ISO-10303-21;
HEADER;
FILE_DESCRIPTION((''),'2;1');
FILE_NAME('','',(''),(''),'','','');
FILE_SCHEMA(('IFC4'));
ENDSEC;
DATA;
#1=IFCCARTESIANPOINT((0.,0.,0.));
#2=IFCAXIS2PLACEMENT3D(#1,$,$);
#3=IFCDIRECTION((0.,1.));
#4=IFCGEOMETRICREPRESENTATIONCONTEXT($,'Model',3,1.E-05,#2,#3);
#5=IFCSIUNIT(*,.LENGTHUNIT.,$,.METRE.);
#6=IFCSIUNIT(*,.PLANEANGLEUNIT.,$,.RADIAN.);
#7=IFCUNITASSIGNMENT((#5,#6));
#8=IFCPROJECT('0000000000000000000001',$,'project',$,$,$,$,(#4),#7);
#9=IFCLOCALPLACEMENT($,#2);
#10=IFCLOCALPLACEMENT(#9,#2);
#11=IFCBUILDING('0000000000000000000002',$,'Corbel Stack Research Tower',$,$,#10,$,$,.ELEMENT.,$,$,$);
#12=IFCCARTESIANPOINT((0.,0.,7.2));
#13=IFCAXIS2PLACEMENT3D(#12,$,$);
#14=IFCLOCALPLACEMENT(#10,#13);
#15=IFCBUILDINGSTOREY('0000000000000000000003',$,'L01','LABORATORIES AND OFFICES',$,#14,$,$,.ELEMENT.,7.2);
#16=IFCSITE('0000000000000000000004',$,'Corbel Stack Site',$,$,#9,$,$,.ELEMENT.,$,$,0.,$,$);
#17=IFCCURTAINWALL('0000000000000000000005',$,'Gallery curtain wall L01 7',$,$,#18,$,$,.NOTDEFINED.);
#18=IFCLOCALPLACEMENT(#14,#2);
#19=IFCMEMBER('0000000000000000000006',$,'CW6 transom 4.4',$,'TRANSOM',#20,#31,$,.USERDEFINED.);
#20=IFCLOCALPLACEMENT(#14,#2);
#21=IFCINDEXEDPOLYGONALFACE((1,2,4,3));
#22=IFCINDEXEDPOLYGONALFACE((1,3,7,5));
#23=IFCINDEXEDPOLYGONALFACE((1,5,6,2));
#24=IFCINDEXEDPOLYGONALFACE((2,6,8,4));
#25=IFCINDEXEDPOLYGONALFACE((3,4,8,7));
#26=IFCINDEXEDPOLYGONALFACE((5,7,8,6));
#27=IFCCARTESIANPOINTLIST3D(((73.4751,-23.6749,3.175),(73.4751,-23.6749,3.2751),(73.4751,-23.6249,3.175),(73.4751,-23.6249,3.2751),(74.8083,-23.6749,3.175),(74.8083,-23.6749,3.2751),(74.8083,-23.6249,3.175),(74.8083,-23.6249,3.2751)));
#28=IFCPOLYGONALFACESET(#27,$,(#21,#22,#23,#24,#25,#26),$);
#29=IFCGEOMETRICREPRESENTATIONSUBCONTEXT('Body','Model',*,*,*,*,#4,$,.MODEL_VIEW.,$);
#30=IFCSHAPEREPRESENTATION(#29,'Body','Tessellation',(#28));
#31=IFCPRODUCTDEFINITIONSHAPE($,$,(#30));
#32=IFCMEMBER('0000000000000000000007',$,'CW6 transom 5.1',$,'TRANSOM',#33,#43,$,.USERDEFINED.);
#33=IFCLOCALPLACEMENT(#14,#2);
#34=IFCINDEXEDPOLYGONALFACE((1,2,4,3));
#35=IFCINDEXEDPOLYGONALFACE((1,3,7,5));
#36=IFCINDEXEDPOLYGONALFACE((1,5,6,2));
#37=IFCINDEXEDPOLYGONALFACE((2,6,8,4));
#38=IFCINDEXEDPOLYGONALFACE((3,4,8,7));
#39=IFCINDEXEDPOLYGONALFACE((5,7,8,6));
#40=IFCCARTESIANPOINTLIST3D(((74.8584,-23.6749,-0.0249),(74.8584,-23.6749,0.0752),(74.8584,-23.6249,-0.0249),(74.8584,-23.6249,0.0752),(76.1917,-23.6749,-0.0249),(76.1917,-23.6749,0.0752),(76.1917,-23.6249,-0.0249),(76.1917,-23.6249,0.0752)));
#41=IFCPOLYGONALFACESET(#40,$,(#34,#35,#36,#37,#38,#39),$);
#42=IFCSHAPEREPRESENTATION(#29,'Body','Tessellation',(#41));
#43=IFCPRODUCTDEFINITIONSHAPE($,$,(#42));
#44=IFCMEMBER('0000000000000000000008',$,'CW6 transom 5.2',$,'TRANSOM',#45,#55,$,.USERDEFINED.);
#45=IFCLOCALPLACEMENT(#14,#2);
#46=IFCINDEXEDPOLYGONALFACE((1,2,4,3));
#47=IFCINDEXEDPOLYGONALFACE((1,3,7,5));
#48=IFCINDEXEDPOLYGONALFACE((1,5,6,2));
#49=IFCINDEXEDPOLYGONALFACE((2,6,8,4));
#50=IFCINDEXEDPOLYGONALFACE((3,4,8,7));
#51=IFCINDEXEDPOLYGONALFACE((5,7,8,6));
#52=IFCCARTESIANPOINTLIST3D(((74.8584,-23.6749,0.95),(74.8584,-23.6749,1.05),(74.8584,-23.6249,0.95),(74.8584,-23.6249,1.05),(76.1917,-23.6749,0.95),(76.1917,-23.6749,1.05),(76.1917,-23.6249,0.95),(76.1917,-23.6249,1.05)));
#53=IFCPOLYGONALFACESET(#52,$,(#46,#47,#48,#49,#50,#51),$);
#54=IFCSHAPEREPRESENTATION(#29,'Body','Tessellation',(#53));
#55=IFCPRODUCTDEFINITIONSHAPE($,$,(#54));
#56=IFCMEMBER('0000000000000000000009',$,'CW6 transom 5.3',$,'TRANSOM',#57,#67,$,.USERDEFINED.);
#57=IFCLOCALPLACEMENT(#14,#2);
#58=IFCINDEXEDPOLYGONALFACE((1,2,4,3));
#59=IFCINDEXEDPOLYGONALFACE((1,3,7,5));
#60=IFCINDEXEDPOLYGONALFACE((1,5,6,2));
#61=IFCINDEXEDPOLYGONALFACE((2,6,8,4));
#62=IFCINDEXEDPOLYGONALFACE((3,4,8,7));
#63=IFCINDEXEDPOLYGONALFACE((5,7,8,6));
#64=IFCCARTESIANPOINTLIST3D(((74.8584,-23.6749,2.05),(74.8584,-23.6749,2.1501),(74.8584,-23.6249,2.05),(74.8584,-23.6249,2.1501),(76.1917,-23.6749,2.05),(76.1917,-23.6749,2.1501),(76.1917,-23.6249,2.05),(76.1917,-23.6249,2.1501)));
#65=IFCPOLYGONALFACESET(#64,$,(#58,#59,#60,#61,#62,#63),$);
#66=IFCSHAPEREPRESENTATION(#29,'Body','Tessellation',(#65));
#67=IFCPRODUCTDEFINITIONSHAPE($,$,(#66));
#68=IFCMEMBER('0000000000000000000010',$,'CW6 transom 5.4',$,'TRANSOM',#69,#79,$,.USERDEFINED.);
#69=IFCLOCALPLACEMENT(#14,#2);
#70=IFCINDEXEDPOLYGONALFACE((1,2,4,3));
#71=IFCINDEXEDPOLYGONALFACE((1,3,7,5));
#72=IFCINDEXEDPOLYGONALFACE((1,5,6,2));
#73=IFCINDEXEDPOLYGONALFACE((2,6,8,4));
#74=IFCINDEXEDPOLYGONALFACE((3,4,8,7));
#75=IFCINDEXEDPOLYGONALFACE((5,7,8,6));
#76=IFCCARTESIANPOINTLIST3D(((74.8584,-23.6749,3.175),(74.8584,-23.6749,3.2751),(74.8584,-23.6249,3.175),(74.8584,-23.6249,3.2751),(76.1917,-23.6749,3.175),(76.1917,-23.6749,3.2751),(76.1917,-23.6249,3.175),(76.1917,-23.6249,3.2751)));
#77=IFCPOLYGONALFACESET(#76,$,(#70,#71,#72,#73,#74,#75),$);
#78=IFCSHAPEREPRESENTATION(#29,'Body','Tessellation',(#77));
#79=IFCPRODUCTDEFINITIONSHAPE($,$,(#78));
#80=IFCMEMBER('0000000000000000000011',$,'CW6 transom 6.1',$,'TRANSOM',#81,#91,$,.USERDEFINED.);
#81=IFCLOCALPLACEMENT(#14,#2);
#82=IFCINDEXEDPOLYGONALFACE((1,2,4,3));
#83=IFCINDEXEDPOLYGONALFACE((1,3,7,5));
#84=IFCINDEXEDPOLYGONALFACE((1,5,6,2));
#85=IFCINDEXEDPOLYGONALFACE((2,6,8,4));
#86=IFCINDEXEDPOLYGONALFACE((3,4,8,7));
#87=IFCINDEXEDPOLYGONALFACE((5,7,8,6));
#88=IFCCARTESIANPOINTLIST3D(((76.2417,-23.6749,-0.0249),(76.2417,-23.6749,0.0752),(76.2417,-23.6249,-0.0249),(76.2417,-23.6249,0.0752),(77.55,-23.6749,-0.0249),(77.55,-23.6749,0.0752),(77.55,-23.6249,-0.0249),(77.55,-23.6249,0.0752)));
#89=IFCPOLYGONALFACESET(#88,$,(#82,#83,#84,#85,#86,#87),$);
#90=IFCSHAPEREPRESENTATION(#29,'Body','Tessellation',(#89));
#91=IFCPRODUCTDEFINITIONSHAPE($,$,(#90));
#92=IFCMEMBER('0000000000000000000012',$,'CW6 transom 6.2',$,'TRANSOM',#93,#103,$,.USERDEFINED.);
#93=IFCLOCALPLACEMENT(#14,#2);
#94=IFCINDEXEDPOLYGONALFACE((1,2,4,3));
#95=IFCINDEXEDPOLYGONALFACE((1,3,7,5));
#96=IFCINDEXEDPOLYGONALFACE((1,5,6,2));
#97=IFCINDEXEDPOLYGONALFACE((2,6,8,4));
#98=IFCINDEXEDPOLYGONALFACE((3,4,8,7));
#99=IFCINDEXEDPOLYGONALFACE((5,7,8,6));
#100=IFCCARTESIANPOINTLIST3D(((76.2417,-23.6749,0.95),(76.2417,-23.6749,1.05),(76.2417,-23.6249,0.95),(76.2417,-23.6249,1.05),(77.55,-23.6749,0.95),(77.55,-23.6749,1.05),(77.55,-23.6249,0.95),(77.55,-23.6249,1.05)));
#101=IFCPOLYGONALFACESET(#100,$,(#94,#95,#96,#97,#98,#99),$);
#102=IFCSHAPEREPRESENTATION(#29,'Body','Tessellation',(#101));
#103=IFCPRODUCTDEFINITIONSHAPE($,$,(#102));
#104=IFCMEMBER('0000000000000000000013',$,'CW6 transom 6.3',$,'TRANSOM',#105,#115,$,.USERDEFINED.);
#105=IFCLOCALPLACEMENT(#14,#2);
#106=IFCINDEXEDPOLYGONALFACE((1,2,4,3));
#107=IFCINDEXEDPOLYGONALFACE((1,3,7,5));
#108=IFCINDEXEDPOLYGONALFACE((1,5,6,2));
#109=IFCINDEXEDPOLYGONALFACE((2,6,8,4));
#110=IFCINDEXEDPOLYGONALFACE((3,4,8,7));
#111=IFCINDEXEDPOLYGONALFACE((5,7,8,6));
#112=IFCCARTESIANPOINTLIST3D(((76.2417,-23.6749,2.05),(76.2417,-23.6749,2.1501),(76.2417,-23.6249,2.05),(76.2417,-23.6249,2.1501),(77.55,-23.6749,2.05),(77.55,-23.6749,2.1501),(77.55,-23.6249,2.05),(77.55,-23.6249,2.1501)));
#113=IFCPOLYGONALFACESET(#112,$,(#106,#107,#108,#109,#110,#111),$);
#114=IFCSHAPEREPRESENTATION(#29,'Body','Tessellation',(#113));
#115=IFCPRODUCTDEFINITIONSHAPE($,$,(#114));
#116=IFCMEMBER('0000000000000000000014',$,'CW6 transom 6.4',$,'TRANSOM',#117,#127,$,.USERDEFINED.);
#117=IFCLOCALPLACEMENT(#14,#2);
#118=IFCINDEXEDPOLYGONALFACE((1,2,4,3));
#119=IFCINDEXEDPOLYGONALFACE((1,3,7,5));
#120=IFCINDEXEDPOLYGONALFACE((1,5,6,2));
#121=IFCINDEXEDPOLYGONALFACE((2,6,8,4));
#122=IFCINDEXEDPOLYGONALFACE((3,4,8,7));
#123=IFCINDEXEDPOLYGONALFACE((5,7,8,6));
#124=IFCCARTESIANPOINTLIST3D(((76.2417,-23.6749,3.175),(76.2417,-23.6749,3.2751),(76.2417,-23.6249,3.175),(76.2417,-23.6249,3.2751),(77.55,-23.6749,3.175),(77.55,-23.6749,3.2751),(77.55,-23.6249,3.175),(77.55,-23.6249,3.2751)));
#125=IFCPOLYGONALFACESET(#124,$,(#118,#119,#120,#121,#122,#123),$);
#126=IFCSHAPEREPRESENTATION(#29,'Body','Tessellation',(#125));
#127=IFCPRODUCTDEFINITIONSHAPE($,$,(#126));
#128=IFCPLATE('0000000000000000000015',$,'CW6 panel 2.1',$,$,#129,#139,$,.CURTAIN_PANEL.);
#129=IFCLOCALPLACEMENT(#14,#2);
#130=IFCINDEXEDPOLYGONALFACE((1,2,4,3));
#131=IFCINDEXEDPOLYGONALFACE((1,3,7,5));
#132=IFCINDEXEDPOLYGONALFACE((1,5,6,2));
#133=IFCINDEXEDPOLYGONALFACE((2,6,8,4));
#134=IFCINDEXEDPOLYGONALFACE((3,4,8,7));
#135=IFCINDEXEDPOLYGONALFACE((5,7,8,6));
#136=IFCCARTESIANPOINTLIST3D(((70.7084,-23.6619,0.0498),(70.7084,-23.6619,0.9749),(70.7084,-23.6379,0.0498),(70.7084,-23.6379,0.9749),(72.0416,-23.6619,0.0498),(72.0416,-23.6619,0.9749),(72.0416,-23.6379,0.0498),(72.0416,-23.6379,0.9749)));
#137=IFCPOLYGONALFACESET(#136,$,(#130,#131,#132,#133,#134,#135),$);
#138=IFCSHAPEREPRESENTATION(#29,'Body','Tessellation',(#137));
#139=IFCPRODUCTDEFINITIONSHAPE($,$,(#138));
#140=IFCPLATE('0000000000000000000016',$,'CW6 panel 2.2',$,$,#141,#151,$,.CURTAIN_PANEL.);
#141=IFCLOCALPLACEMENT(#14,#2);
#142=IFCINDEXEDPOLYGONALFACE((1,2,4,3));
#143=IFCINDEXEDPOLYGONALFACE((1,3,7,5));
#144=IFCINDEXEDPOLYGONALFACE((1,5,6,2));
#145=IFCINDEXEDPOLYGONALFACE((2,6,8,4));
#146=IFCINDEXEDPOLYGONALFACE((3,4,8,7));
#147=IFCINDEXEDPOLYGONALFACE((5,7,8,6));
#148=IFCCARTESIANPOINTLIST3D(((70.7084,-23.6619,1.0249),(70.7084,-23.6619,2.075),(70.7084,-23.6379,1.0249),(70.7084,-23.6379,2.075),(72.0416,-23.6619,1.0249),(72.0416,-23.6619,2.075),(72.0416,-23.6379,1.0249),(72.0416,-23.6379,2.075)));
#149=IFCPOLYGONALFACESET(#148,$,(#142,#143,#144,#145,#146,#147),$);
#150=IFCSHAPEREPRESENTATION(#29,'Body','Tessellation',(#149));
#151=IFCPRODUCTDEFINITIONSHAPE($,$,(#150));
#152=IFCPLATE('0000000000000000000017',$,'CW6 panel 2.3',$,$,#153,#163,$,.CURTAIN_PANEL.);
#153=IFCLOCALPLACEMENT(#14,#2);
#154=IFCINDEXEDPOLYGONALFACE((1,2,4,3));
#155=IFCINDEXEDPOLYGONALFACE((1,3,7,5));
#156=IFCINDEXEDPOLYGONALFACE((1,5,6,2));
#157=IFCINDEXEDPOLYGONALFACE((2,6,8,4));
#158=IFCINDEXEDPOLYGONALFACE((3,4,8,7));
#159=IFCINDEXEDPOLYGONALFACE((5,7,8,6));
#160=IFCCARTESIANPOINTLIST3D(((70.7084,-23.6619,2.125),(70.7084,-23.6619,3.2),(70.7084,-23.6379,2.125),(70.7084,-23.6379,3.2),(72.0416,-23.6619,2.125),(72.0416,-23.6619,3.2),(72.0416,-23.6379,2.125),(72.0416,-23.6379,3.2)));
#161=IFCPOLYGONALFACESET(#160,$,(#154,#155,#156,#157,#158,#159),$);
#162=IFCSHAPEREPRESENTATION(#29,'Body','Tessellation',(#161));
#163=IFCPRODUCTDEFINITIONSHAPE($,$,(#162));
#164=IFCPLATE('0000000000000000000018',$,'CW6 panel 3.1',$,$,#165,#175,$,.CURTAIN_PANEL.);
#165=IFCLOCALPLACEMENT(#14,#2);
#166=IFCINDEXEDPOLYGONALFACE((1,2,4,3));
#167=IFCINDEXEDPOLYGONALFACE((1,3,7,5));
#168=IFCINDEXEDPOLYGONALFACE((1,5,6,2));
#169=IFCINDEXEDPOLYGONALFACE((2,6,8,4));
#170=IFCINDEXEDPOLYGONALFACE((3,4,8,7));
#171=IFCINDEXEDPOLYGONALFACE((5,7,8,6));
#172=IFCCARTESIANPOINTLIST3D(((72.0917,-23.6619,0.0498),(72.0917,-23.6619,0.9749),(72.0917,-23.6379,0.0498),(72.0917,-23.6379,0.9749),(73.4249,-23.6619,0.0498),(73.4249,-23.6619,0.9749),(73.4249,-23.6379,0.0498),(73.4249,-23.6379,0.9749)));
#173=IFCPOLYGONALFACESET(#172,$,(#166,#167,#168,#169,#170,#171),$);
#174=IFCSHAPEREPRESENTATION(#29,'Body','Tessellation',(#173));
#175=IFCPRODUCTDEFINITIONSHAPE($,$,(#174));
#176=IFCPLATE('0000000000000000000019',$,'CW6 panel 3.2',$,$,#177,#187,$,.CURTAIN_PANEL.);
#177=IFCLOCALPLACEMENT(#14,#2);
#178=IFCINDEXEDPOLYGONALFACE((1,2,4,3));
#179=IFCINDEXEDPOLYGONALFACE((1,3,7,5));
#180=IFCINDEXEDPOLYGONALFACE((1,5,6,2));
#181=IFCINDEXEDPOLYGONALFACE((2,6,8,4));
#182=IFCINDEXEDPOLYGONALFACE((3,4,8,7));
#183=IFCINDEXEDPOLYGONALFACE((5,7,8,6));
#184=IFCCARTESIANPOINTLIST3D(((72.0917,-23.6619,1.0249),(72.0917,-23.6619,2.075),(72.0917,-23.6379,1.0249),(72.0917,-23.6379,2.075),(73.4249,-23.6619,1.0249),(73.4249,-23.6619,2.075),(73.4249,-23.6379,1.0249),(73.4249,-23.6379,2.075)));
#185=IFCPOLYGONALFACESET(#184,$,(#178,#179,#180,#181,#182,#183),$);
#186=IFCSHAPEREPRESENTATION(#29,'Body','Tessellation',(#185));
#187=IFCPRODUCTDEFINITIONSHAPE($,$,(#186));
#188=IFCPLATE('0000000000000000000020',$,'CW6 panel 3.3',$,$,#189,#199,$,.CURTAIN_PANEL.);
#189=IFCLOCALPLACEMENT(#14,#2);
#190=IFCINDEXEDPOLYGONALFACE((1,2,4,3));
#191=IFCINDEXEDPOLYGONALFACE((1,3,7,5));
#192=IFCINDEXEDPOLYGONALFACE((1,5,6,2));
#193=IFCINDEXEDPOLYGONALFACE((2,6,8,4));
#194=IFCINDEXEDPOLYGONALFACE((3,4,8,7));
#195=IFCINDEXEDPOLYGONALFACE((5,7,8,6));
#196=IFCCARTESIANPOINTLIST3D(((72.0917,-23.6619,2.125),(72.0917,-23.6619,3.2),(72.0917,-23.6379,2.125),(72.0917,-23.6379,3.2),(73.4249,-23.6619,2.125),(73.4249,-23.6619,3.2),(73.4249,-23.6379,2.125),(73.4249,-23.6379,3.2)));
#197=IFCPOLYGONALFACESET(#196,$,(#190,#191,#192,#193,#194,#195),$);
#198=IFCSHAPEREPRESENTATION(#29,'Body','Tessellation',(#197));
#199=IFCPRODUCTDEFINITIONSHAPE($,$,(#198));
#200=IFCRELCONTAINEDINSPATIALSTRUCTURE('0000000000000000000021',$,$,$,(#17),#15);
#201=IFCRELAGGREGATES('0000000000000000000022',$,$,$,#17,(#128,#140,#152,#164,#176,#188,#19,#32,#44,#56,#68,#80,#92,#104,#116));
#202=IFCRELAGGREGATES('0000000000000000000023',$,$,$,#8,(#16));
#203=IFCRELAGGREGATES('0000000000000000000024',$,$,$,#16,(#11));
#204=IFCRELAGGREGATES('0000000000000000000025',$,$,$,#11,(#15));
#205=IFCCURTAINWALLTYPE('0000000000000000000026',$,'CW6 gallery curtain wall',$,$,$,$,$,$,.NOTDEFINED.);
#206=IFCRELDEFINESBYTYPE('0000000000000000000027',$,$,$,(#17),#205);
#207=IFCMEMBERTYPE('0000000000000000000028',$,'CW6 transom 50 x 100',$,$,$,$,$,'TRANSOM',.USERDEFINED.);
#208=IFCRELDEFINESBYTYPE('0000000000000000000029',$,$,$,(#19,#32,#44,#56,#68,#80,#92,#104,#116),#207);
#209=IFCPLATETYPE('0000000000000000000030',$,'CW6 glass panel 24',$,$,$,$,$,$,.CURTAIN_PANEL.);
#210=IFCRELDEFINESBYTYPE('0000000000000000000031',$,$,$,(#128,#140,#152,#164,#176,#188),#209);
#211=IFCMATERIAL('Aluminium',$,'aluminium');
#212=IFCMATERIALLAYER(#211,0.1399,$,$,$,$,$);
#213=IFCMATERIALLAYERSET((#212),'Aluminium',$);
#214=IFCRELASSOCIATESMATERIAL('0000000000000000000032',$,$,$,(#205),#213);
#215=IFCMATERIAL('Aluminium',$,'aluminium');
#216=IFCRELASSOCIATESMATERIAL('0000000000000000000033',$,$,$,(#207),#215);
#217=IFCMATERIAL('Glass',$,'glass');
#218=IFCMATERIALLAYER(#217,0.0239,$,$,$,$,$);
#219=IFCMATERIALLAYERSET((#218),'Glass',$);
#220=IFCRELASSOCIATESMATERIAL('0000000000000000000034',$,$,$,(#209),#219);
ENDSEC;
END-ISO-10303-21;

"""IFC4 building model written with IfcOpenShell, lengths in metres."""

from ifc_helpers import new_model, si_unit, direction, frame, origin, origin_2d, place, context, subcontext, project, spatial, rectangle, extrude, material, layer, layer_set, material_profile, profile_set, type_object, element, aggregate, save


model = new_model("IFC4")

# Units and contexts
model_context = context("Model", 3, precision=1e-05, world=origin(), true_north=direction((0.0, 1.0)))
body_context = subcontext(model_context, "Body", "Model", "MODEL_VIEW")
ifc_project = project(units=[si_unit("LENGTHUNIT", "METRE"), si_unit("PLANEANGLEUNIT", "RADIAN")], contexts=[model_context])

# Site, building, storey
site_placement = place(None, origin())
site = spatial("IfcSite", under=ifc_project, at=site_placement, Name="Corbel Stack Site", CompositionType="ELEMENT", RefElevation=0.0)
building_placement = place(site_placement, origin())
building = spatial("IfcBuilding", under=site, at=building_placement, Name="Corbel Stack Research Tower", CompositionType="ELEMENT")
storey_placement = place(building_placement, frame((0.0, 0.0, 7.2)))
storey = spatial("IfcBuildingStorey", under=building, at=storey_placement, Name="L01", Description="LABORATORIES AND OFFICES", CompositionType="ELEMENT", Elevation=7.2)

# Curtain wall, members, plates
ifc_material_1 = material(Name="Aluminium", Category="aluminium")
ifc_layer_1 = layer(ifc_material_1, 0.1399)
ifc_layer_set_1 = layer_set([ifc_layer_1], Name="Aluminium")
curtain_wall_type = type_object("IfcCurtainWallType", Name="CW6 gallery curtain wall", PredefinedType="NOTDEFINED", material=ifc_layer_set_1)
curtain_wall_placement = place(storey_placement, origin())
curtain_wall = element("IfcCurtainWall", 1, at=curtain_wall_placement, inside=storey, type_object=curtain_wall_type, Name="Gallery curtain wall L01 7", PredefinedType="NOTDEFINED")
ifc_material_2 = material(Name="Aluminium", Category="aluminium")
ifc_material_profile_1 = material_profile(ifc_material_2, rectangle(XDim=0.05, YDim=0.1001, at=origin_2d()), Name="Transom 50 x 100")
ifc_profile_set_1 = profile_set([ifc_material_profile_1], Name="Aluminium")
member_type_1 = type_object("IfcMemberType", Name="CW6 transom 50 x 100", ElementType="TRANSOM", PredefinedType="USERDEFINED", material=ifc_profile_set_1)
member_1_placement = place(storey_placement, frame((73.4751, -23.6499, 3.2251), z_axis=(1.0, 0.0, 0.0), x_axis=(0.0, 1.0, 0.0)))
member_1 = element("IfcMember", 2, at=member_1_placement, type_object=member_type_1, Name="CW6 transom 4.4", ObjectType="TRANSOM", PredefinedType="USERDEFINED", context=body_context, shape_type="SweptSolid", body=[
    extrude(rectangle(XDim=0.05, YDim=0.1001, at=origin_2d()), origin(), (0.0, 0.0, 1.0), 1.3333),
])
member_2_placement = place(storey_placement, frame((74.8584, -23.6499, 0.0251), z_axis=(1.0, 0.0, 0.0), x_axis=(0.0, 1.0, 0.0)))
member_2 = element("IfcMember", 3, at=member_2_placement, type_object=member_type_1, Name="CW6 transom 5.1", ObjectType="TRANSOM", PredefinedType="USERDEFINED", context=body_context, shape_type="SweptSolid", body=[
    extrude(rectangle(XDim=0.05, YDim=0.1001, at=origin_2d()), origin(), (0.0, 0.0, 1.0), 1.3333),
])
member_3_placement = place(storey_placement, frame((74.8584, -23.6499, 1.0), z_axis=(1.0, 0.0, 0.0), x_axis=(0.0, 1.0, 0.0)))
member_3 = element("IfcMember", 4, at=member_3_placement, type_object=member_type_1, Name="CW6 transom 5.2", ObjectType="TRANSOM", PredefinedType="USERDEFINED", context=body_context, shape_type="SweptSolid", body=[
    extrude(rectangle(XDim=0.05, YDim=0.1001, at=origin_2d()), origin(), (0.0, 0.0, 1.0), 1.3333),
])
member_4_placement = place(storey_placement, frame((74.8584, -23.6499, 2.1001), z_axis=(1.0, 0.0, 0.0), x_axis=(0.0, 1.0, 0.0)))
member_4 = element("IfcMember", 5, at=member_4_placement, type_object=member_type_1, Name="CW6 transom 5.3", ObjectType="TRANSOM", PredefinedType="USERDEFINED", context=body_context, shape_type="SweptSolid", body=[
    extrude(rectangle(XDim=0.05, YDim=0.1001, at=origin_2d()), origin(), (0.0, 0.0, 1.0), 1.3333),
])
member_5_placement = place(storey_placement, frame((74.8584, -23.6499, 3.2251), z_axis=(1.0, 0.0, 0.0), x_axis=(0.0, 1.0, 0.0)))
member_5 = element("IfcMember", 6, at=member_5_placement, type_object=member_type_1, Name="CW6 transom 5.4", ObjectType="TRANSOM", PredefinedType="USERDEFINED", context=body_context, shape_type="SweptSolid", body=[
    extrude(rectangle(XDim=0.05, YDim=0.1001, at=origin_2d()), origin(), (0.0, 0.0, 1.0), 1.3333),
])
member_6_placement = place(storey_placement, frame((76.2417, -23.6499, 0.0251), z_axis=(1.0, 0.0, 0.0), x_axis=(0.0, 1.0, 0.0)))
member_6 = element("IfcMember", 7, at=member_6_placement, type_object=member_type_1, Name="CW6 transom 6.1", ObjectType="TRANSOM", PredefinedType="USERDEFINED", context=body_context, shape_type="SweptSolid", body=[
    extrude(rectangle(XDim=0.05, YDim=0.1001, at=origin_2d()), origin(), (0.0, 0.0, 1.0), 1.3083),
])
member_7_placement = place(storey_placement, frame((76.2417, -23.6499, 1.0), z_axis=(1.0, 0.0, 0.0), x_axis=(0.0, 1.0, 0.0)))
member_7 = element("IfcMember", 8, at=member_7_placement, type_object=member_type_1, Name="CW6 transom 6.2", ObjectType="TRANSOM", PredefinedType="USERDEFINED", context=body_context, shape_type="SweptSolid", body=[
    extrude(rectangle(XDim=0.05, YDim=0.1001, at=origin_2d()), origin(), (0.0, 0.0, 1.0), 1.3083),
])
member_8_placement = place(storey_placement, frame((76.2417, -23.6499, 2.1001), z_axis=(1.0, 0.0, 0.0), x_axis=(0.0, 1.0, 0.0)))
member_8 = element("IfcMember", 9, at=member_8_placement, type_object=member_type_1, Name="CW6 transom 6.3", ObjectType="TRANSOM", PredefinedType="USERDEFINED", context=body_context, shape_type="SweptSolid", body=[
    extrude(rectangle(XDim=0.05, YDim=0.1001, at=origin_2d()), origin(), (0.0, 0.0, 1.0), 1.3083),
])
member_9_placement = place(storey_placement, frame((76.2417, -23.6499, 3.2251), z_axis=(1.0, 0.0, 0.0), x_axis=(0.0, 1.0, 0.0)))
member_9 = element("IfcMember", 10, at=member_9_placement, type_object=member_type_1, Name="CW6 transom 6.4", ObjectType="TRANSOM", PredefinedType="USERDEFINED", context=body_context, shape_type="SweptSolid", body=[
    extrude(rectangle(XDim=0.05, YDim=0.1001, at=origin_2d()), origin(), (0.0, 0.0, 1.0), 1.3083),
])
ifc_material_3 = material(Name="Glass", Category="glass")
ifc_layer_2 = layer(ifc_material_3, 0.0239)
ifc_layer_set_2 = layer_set([ifc_layer_2], Name="Glass")
plate_type = type_object("IfcPlateType", Name="CW6 glass panel 24", PredefinedType="CURTAIN_PANEL", material=ifc_layer_set_2)
plate_1_placement = place(storey_placement, frame((71.375, -23.6499, 0.0498), z_axis=(0.0, 0.0, 1.0), x_axis=(1.0, 0.0, 0.0)))
plate_1 = element("IfcPlate", 11, at=plate_1_placement, type_object=plate_type, Name="CW6 panel 2.1", PredefinedType="CURTAIN_PANEL", context=body_context, shape_type="SweptSolid", body=[
    extrude(rectangle(XDim=1.3333, YDim=0.0239, at=origin_2d()), origin(), (0.0, 0.0, 1.0), 0.925),
])
plate_2_placement = place(storey_placement, frame((71.375, -23.6499, 1.0249), z_axis=(0.0, 0.0, 1.0), x_axis=(1.0, 0.0, 0.0)))
plate_2 = element("IfcPlate", 12, at=plate_2_placement, type_object=plate_type, Name="CW6 panel 2.2", PredefinedType="CURTAIN_PANEL", context=body_context, shape_type="SweptSolid", body=[
    extrude(rectangle(XDim=1.3333, YDim=0.0239, at=origin_2d()), origin(), (0.0, 0.0, 1.0), 1.05),
])
plate_3_placement = place(storey_placement, frame((71.375, -23.6499, 2.125), z_axis=(0.0, 0.0, 1.0), x_axis=(1.0, 0.0, 0.0)))
plate_3 = element("IfcPlate", 13, at=plate_3_placement, type_object=plate_type, Name="CW6 panel 2.3", PredefinedType="CURTAIN_PANEL", context=body_context, shape_type="SweptSolid", body=[
    extrude(rectangle(XDim=1.3333, YDim=0.0239, at=origin_2d()), origin(), (0.0, 0.0, 1.0), 1.075),
])
plate_4_placement = place(storey_placement, frame((72.7583, -23.6499, 0.0498), z_axis=(0.0, 0.0, 1.0), x_axis=(1.0, 0.0, 0.0)))
plate_4 = element("IfcPlate", 14, at=plate_4_placement, type_object=plate_type, Name="CW6 panel 3.1", PredefinedType="CURTAIN_PANEL", context=body_context, shape_type="SweptSolid", body=[
    extrude(rectangle(XDim=1.3333, YDim=0.0239, at=origin_2d()), origin(), (0.0, 0.0, 1.0), 0.925),
])
plate_5_placement = place(storey_placement, frame((72.7583, -23.6499, 1.0249), z_axis=(0.0, 0.0, 1.0), x_axis=(1.0, 0.0, 0.0)))
plate_5 = element("IfcPlate", 15, at=plate_5_placement, type_object=plate_type, Name="CW6 panel 3.2", PredefinedType="CURTAIN_PANEL", context=body_context, shape_type="SweptSolid", body=[
    extrude(rectangle(XDim=1.3333, YDim=0.0239, at=origin_2d()), origin(), (0.0, 0.0, 1.0), 1.05),
])
plate_6_placement = place(storey_placement, frame((72.7583, -23.6499, 2.125), z_axis=(0.0, 0.0, 1.0), x_axis=(1.0, 0.0, 0.0)))
plate_6 = element("IfcPlate", 16, at=plate_6_placement, type_object=plate_type, Name="CW6 panel 3.3", PredefinedType="CURTAIN_PANEL", context=body_context, shape_type="SweptSolid", body=[
    extrude(rectangle(XDim=1.3333, YDim=0.0239, at=origin_2d()), origin(), (0.0, 0.0, 1.0), 1.075),
])
aggregate(curtain_wall, [plate_1, plate_2, plate_3, plate_4, plate_5, plate_6, member_1, member_2, member_3, member_4, member_5, member_6, member_7, member_8, member_9])

save(model, "model.ifc")
